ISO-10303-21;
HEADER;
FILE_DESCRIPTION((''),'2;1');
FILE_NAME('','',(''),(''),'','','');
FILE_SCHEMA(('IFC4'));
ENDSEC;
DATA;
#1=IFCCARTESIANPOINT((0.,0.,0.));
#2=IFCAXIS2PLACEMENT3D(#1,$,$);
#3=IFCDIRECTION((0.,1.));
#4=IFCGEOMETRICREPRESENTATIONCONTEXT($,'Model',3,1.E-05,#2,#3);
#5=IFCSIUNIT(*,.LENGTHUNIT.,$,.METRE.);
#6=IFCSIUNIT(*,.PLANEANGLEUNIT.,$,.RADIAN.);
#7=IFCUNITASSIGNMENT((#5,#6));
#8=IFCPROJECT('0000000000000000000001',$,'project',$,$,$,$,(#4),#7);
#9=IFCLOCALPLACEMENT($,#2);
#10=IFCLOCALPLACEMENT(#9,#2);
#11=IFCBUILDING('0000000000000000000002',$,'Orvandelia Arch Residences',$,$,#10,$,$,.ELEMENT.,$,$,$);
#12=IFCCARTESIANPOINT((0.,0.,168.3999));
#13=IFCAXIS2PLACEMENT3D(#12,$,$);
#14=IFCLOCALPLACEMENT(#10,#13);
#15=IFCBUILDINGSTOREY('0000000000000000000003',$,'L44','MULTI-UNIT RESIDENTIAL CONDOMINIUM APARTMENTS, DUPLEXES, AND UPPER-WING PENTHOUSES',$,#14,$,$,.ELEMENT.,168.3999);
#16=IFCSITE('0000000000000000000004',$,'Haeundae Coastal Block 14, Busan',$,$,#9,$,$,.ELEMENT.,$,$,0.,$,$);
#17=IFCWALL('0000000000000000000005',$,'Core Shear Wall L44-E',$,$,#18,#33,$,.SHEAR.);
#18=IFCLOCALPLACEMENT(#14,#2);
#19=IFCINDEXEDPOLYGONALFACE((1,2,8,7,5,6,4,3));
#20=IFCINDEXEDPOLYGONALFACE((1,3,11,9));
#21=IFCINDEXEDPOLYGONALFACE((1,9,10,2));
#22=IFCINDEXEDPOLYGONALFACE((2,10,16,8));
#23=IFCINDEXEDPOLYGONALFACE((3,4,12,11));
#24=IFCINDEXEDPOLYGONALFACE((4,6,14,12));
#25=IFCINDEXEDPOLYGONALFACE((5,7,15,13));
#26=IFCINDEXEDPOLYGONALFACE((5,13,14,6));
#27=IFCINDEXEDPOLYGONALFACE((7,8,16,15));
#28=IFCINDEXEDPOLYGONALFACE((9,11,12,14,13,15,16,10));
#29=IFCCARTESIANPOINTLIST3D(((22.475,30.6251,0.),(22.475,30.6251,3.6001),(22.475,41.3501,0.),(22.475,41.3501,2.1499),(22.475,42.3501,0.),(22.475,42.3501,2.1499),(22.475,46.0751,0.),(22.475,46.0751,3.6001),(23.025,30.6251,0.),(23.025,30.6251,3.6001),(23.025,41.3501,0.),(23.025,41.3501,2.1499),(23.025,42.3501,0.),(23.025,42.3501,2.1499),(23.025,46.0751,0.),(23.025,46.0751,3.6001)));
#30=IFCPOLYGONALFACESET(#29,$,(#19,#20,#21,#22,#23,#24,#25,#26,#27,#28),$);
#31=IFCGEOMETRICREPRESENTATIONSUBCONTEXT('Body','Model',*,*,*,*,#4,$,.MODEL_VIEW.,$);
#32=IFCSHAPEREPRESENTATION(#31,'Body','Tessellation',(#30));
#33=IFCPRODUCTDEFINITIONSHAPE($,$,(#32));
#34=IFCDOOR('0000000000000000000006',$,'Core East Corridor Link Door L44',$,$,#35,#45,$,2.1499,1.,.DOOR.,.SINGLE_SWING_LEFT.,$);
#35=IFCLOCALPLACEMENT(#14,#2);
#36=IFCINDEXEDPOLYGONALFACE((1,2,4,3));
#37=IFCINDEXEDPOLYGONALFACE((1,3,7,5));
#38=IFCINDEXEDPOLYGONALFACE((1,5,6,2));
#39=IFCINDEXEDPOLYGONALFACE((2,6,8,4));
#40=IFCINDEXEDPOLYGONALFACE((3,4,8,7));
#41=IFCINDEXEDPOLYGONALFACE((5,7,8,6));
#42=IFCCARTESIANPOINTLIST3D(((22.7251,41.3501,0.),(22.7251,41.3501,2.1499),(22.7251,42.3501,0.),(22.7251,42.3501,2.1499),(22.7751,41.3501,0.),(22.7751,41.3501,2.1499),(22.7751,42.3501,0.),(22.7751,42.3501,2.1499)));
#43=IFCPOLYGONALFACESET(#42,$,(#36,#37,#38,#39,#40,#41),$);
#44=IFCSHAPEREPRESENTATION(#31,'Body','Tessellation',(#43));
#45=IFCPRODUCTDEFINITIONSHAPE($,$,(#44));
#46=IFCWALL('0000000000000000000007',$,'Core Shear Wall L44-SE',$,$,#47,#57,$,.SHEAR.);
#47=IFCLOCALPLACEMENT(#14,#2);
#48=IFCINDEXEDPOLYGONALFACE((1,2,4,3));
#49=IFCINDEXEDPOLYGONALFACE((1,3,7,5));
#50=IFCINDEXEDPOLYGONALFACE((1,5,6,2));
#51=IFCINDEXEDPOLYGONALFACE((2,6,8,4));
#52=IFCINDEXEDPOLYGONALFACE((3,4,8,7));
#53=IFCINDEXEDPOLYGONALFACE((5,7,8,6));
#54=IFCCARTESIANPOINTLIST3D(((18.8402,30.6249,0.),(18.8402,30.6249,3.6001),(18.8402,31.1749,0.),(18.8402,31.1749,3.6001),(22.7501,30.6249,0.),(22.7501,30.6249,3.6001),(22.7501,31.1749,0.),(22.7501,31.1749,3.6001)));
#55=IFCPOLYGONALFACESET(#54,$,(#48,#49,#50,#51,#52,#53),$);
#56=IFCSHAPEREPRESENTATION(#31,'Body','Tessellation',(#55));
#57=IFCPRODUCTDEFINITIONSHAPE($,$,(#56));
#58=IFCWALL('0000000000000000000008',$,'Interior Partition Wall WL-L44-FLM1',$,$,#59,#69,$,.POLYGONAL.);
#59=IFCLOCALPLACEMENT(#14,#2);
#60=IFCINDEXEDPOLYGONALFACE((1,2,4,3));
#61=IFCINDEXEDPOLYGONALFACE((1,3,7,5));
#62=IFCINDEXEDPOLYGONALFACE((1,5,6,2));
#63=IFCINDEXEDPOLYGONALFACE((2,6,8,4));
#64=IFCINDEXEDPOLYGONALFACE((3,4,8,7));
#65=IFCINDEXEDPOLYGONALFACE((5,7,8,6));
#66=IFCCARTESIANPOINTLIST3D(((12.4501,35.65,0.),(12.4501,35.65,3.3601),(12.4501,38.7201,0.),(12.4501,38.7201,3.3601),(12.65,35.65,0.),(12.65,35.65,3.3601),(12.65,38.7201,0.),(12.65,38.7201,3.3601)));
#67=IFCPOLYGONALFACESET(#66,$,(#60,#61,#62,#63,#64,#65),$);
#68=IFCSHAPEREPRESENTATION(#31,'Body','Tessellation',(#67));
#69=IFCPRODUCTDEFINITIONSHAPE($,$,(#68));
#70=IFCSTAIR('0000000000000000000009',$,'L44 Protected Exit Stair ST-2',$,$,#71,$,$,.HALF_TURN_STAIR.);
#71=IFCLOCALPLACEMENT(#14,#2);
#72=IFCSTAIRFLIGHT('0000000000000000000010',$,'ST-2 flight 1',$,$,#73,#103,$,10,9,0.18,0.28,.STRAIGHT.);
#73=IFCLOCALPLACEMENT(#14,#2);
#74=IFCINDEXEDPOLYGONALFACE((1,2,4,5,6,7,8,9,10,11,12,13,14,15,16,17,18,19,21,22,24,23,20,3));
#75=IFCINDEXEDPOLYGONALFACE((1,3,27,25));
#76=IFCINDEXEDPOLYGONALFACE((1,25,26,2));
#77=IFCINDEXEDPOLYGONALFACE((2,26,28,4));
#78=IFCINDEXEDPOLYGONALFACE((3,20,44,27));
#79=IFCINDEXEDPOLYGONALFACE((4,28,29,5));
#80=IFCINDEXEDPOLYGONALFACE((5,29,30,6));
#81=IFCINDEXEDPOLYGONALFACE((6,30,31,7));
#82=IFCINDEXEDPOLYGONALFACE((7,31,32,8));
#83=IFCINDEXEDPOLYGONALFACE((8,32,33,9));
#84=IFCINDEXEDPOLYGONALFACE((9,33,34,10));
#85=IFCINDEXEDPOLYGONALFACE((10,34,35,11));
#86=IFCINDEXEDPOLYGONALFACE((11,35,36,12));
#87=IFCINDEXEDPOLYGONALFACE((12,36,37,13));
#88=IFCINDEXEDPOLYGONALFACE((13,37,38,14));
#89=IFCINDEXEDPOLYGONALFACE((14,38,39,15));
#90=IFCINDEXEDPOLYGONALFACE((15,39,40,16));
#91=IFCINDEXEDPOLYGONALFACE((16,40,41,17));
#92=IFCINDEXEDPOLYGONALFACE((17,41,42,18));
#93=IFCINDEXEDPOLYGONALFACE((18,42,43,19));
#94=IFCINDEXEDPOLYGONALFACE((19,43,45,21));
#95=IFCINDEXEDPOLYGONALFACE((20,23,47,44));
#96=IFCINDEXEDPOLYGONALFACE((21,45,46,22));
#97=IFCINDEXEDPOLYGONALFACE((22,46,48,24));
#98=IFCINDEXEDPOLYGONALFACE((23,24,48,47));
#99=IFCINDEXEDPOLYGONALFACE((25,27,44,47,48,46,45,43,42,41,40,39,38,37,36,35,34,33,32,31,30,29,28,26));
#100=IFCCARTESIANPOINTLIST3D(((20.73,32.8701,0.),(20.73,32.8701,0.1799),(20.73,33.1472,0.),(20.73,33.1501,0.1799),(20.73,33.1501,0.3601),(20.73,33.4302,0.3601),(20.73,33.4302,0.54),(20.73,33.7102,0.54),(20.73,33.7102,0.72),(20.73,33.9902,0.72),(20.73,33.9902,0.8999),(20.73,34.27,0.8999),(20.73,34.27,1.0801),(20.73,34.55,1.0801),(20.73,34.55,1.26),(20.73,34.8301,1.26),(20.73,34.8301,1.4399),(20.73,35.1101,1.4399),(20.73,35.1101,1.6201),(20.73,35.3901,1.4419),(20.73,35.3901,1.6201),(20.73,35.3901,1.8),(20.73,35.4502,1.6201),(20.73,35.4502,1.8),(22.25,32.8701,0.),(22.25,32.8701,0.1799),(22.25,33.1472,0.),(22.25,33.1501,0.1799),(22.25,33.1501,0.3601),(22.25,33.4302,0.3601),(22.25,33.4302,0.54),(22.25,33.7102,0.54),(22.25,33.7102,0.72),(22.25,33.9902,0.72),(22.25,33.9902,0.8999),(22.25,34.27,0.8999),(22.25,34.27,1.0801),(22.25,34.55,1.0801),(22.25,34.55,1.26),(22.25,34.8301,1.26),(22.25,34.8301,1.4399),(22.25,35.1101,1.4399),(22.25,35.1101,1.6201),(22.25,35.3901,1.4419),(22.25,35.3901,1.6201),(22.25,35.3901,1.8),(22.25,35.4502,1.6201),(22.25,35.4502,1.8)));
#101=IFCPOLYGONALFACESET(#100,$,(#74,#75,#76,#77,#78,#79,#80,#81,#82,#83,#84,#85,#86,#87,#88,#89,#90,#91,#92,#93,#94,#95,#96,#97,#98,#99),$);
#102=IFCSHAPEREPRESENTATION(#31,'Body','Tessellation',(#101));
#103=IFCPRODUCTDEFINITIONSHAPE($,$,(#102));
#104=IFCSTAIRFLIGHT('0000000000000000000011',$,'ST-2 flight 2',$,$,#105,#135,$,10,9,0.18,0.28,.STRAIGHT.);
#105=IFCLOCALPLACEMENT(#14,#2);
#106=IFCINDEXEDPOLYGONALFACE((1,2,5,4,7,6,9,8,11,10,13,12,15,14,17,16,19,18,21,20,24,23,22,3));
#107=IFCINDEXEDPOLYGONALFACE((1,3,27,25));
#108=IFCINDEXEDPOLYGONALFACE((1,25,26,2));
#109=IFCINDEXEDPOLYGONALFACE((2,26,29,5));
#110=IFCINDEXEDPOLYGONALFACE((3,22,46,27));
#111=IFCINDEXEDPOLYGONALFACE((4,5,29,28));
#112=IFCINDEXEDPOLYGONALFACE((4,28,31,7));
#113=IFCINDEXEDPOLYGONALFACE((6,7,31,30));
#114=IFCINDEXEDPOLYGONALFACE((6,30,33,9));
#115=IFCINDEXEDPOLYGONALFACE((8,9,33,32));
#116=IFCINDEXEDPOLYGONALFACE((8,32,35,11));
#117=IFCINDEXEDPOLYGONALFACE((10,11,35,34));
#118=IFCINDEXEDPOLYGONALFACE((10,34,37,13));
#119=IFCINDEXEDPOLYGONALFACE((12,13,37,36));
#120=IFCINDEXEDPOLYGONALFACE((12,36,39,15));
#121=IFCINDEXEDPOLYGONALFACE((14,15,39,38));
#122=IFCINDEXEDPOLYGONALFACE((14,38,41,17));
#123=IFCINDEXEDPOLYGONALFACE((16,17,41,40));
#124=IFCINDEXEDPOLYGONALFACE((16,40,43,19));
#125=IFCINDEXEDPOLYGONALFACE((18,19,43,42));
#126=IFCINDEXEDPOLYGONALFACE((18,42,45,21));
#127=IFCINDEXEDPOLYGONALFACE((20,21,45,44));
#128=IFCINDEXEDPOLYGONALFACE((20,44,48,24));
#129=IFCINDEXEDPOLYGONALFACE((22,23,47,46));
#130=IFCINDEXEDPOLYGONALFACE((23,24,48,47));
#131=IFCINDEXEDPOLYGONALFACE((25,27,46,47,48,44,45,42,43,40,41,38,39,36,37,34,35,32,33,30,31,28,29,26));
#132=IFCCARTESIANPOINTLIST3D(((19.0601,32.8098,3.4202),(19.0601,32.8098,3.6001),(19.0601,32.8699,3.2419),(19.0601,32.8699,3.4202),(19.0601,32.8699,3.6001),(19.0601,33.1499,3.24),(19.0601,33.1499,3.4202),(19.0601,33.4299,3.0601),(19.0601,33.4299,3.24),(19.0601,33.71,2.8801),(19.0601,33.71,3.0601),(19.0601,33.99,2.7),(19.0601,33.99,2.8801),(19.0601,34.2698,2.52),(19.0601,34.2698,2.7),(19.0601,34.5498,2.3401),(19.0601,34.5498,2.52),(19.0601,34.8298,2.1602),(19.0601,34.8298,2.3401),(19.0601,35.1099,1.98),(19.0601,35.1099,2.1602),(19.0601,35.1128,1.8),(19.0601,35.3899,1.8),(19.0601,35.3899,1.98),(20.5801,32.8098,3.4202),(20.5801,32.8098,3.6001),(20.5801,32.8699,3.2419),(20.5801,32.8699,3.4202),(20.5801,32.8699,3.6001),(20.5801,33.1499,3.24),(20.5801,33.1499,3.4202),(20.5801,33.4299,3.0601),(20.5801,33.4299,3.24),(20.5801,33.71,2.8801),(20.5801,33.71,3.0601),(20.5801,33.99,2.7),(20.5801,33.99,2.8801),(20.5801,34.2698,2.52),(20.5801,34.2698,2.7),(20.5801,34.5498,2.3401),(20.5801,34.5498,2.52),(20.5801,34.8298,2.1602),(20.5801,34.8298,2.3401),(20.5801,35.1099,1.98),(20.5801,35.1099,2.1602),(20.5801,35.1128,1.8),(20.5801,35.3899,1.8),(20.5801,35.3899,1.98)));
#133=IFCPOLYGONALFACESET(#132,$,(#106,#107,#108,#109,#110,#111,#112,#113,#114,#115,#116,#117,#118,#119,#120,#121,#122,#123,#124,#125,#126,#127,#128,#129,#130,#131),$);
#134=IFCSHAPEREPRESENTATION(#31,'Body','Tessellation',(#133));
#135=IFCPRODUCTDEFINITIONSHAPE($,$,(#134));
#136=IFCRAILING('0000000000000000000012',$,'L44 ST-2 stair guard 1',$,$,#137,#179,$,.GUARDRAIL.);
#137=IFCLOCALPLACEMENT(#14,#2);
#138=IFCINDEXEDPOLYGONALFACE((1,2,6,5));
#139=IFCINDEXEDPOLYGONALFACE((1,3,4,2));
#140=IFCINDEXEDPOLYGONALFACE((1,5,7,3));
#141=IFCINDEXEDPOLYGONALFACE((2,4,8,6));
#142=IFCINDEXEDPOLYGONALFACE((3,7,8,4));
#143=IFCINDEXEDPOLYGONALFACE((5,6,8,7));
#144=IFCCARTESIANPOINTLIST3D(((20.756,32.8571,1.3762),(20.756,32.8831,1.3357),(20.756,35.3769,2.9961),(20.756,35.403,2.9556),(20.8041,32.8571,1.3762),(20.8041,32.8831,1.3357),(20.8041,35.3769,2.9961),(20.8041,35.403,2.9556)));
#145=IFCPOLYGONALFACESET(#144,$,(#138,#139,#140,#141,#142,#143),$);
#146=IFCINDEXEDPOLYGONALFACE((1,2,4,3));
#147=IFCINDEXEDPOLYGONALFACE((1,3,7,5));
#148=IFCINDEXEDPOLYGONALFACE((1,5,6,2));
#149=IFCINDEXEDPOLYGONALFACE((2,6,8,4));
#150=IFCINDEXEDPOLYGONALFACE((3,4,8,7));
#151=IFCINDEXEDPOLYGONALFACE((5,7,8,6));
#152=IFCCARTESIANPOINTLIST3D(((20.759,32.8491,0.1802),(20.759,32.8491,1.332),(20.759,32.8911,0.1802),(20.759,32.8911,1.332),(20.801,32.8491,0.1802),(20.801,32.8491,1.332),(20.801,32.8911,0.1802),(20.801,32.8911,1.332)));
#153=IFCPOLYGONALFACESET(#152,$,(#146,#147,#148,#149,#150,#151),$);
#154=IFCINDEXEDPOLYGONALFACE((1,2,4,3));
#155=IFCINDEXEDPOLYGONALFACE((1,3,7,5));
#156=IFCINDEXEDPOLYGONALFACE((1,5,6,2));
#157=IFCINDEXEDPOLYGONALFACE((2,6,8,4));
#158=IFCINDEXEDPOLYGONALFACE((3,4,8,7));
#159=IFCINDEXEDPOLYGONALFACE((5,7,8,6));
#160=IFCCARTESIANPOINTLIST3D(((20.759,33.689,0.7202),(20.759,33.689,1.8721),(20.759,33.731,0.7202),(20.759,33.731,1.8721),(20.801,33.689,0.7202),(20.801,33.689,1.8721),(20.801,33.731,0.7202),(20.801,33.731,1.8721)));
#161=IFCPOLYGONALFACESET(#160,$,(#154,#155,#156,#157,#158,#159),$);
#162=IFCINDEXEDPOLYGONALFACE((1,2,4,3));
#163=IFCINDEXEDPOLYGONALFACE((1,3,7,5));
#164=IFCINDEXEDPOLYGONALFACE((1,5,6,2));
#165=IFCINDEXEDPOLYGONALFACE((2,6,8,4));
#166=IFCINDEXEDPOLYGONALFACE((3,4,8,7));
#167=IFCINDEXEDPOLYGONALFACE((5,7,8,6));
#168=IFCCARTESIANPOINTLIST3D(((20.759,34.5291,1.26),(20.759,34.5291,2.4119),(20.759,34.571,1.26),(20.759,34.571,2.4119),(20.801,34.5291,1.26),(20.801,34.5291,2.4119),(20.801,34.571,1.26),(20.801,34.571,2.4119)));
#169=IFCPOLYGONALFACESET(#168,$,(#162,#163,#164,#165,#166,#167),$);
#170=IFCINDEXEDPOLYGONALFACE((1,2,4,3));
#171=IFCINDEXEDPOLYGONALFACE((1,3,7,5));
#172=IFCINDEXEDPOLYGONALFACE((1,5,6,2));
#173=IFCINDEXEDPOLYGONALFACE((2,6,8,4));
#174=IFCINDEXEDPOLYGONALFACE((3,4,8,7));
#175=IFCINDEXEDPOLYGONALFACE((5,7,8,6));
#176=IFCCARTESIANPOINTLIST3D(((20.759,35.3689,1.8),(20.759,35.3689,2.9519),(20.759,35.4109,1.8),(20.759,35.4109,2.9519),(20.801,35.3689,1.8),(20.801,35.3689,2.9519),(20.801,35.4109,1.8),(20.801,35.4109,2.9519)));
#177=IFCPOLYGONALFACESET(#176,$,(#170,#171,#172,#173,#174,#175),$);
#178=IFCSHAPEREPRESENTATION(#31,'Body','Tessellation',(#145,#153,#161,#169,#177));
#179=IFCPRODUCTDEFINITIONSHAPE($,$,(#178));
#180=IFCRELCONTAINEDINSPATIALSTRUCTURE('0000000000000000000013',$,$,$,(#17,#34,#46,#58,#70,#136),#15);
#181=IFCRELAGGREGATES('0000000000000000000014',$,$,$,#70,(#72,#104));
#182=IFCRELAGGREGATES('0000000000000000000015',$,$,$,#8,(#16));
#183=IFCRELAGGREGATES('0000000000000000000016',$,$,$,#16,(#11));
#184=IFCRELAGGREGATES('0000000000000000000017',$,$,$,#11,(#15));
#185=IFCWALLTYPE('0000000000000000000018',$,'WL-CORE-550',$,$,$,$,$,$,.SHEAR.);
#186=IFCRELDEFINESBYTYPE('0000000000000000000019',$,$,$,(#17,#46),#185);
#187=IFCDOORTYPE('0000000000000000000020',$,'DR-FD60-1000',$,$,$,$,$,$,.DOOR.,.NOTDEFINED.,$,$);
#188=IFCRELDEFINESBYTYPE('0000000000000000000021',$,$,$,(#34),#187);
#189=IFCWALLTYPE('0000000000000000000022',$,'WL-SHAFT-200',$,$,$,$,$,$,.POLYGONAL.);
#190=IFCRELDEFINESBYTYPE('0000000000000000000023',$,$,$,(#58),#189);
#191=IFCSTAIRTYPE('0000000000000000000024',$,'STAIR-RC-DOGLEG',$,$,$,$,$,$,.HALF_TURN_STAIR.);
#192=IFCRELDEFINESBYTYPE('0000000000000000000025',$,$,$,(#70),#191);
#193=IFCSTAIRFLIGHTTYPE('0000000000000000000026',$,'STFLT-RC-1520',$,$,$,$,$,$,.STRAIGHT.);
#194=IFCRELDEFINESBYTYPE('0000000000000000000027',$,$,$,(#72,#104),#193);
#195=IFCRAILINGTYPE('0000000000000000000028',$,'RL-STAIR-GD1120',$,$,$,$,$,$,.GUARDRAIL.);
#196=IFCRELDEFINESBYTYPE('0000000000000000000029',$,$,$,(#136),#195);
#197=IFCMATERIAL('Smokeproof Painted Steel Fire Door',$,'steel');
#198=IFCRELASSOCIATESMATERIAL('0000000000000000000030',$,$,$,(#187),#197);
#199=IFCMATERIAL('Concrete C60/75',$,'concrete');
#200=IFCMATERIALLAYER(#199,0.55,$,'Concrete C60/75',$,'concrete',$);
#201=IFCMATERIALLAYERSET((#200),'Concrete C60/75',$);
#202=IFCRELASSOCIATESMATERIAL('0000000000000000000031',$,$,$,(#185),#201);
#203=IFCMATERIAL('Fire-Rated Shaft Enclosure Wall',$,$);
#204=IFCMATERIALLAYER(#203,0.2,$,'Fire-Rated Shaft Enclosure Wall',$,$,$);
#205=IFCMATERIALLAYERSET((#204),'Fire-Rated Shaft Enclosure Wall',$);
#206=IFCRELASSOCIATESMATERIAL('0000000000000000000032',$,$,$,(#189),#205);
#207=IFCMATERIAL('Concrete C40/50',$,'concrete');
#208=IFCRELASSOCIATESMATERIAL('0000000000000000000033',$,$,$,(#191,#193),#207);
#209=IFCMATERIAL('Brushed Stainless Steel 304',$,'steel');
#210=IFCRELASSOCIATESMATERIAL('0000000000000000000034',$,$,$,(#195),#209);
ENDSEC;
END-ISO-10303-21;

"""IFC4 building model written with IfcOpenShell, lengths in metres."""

from ifc_helpers import new_model, si_unit, direction, frame, frame_2d, origin, origin_2d, place, context, subcontext, project, spatial, polyline, rectangle, outline, extrude, material, layer, layer_set, type_object, element, fill, aggregate, save


model = new_model("IFC4")

# Units and contexts
model_context = context("Model", 3, precision=1e-05, world=origin(), true_north=direction((0.0, 1.0)))
body_context = subcontext(model_context, "Body", "Model", "MODEL_VIEW")
ifc_project = project(units=[si_unit("LENGTHUNIT", "METRE"), si_unit("PLANEANGLEUNIT", "RADIAN")], contexts=[model_context])

# Site, building, storey
site_placement = place(None, origin())
site = spatial("IfcSite", under=ifc_project, at=site_placement, Name="Haeundae Coastal Block 14, Busan", CompositionType="ELEMENT", RefElevation=0.0)
building_placement = place(site_placement, origin())
building = spatial("IfcBuilding", under=site, at=building_placement, Name="Orvandelia Arch Residences", CompositionType="ELEMENT")
storey_placement = place(building_placement, frame((0.0, 0.0, 168.3999)))
storey = spatial("IfcBuildingStorey", under=building, at=storey_placement, Name="L44", Description="MULTI-UNIT RESIDENTIAL CONDOMINIUM APARTMENTS, DUPLEXES, AND UPPER-WING PENTHOUSES", CompositionType="ELEMENT", Elevation=168.3999)

# Shared definitions
ifc_material_1 = material(Name="Concrete C60/75", Category="concrete")

# Shared definitions
ifc_material_2 = material(Name="Smokeproof Painted Steel Fire Door", Category="steel")
door_type_1 = type_object("IfcDoorType", Name="DR-FD60-1000", OperationType="NOTDEFINED", PredefinedType="DOOR", material=ifc_material_2)

# Wall, opening, door
ifc_layer_1 = layer(ifc_material_1, 0.55, Name="Concrete C60/75", Category="concrete")
ifc_layer_set_1 = layer_set([ifc_layer_1], Name="Concrete C60/75")
wall_type_1 = type_object("IfcWallType", Name="WL-CORE-550", PredefinedType="SHEAR", material=ifc_layer_set_1)
wall_1_placement = place(storey_placement, frame((22.75, 30.625, 0.0), z_axis=(0.0, 0.0, 1.0), x_axis=(0.0, 1.0, 0.0)))
wall_1 = element("IfcWall", 1, at=wall_1_placement, inside=storey, type_object=wall_type_1, Name="Core Shear Wall L44-E", PredefinedType="SHEAR", context=body_context, shape_type="SweptSolid", body=[
    extrude(rectangle(XDim=15.45, YDim=0.55, at=frame_2d((7.7251, 0.0))), origin(), (0.0, 0.0, 1.0), 3.6001),
])
opening_1_placement = place(wall_1_placement, frame((10.7251, 0.0, 0.0)))
opening_1 = element("IfcOpeningElement", 2, at=opening_1_placement, cuts=wall_1, PredefinedType="OPENING", context=body_context, shape_type="SweptSolid", body=[
    extrude(rectangle(XDim=1.0, YDim=2.1499, at=frame_2d((0.5, 1.075))), frame((0.0, 0.2852, 0.0), z_axis=(0.0, -1.0, 0.0), x_axis=(1.0, 0.0, 0.0)), (0.0, 0.0, 1.0), 0.5701),
])
door_1_placement = place(opening_1_placement, origin())
door_1 = element("IfcDoor", 3, at=door_1_placement, inside=storey, type_object=door_type_1, Name="Core East Corridor Link Door L44", OperationType="SINGLE_SWING_LEFT", OverallHeight=2.1499, OverallWidth=1.0, PredefinedType="DOOR", context=body_context, shape_type="SweptSolid", body=[
    extrude(rectangle(XDim=1.0, YDim=2.1499, at=frame_2d((0.5, 1.075))), frame((0.0, 0.0249, 0.0), z_axis=(0.0, -1.0, 0.0), x_axis=(1.0, 0.0, 0.0)), (0.0, 0.0, 1.0), 0.05),
])
fill(opening_1, door_1)

# Walls
wall_2_placement = place(storey_placement, frame((18.8401, 30.8999, 0.0), z_axis=(0.0, 0.0, 1.0), x_axis=(1.0, 0.0, 0.0)))
element("IfcWall", 4, at=wall_2_placement, inside=storey, type_object=wall_type_1, Name="Core Shear Wall L44-SE", PredefinedType="SHEAR", context=body_context, shape_type="SweptSolid", body=[
    extrude(rectangle(XDim=3.9099, YDim=0.55, at=frame_2d((1.9551, 0.0))), origin(), (0.0, 0.0, 1.0), 3.6001),
])
ifc_material_3 = material(Name="Fire-Rated Shaft Enclosure Wall")
ifc_layer_2 = layer(ifc_material_3, 0.2, Name="Fire-Rated Shaft Enclosure Wall")
ifc_layer_set_2 = layer_set([ifc_layer_2], Name="Fire-Rated Shaft Enclosure Wall")
wall_type_2 = type_object("IfcWallType", Name="WL-SHAFT-200", PredefinedType="POLYGONAL", material=ifc_layer_set_2)
wall_3_placement = place(storey_placement, frame((12.55, 35.6499, 0.0), z_axis=(0.0, 0.0, 1.0), x_axis=(0.0, 1.0, 0.0)))
element("IfcWall", 5, at=wall_3_placement, inside=storey, type_object=wall_type_2, Name="Interior Partition Wall WL-L44-FLM1", PredefinedType="POLYGONAL", context=body_context, shape_type="SweptSolid", body=[
    extrude(rectangle(XDim=3.0701, YDim=0.2, at=frame_2d((1.5352, 0.0))), origin(), (0.0, 0.0, 1.0), 3.3601),
])

# Stair, stair flights
ifc_material_4 = material(Name="Concrete C40/50", Category="concrete")
stair_type = type_object("IfcStairType", Name="STAIR-RC-DOGLEG", PredefinedType="HALF_TURN_STAIR", material=ifc_material_4)
stair_placement = place(storey_placement, origin())
stair = element("IfcStair", 6, at=stair_placement, inside=storey, type_object=stair_type, Name="L44 Protected Exit Stair ST-2", PredefinedType="HALF_TURN_STAIR")
stair_flight_type = type_object("IfcStairFlightType", Name="STFLT-RC-1520", PredefinedType="STRAIGHT", material=ifc_material_4)
stair_flight_1_placement = place(storey_placement, frame((21.49, 32.8701, 0.0), z_axis=(0.0, 0.0, 1.0), x_axis=(0.0, 1.0, 0.0)))
stair_flight_1 = element("IfcStairFlight", 7, at=stair_flight_1_placement, type_object=stair_flight_type, Name="ST-2 flight 1", NumberOfRisers=10, NumberOfTreads=9, PredefinedType="STRAIGHT", RiserHeight=0.18, TreadLength=0.28, context=body_context, shape_type="SweptSolid", body=[
    extrude(outline(polyline([(0.0, 0.0), (0.0, 0.1799), (0.28, 0.1799), (0.28, 0.3601), (0.5601, 0.3601), (0.5601, 0.54), (0.8401, 0.54), (0.8401, 0.72), (1.1201, 0.72), (1.1201, 0.8999), (1.3999, 0.8999), (1.3999, 1.0801), (1.6799, 1.0801), (1.6799, 1.26), (1.96, 1.26), (1.96, 1.4399), (2.24, 1.4399), (2.24, 1.6201), (2.52, 1.6201), (2.52, 1.8), (2.5801, 1.8), (2.5801, 1.6201), (2.52, 1.4419), (0.2771, 0.0), (0.0, 0.0)])), frame((0.0, 0.76, 0.0), z_axis=(0.0, -1.0, 0.0), x_axis=(1.0, 0.0, 0.0)), (0.0, 0.0, 1.0), 1.52),
])
stair_flight_2_placement = place(storey_placement, frame((19.8201, 35.3899, 1.8), z_axis=(0.0, 0.0, 1.0), x_axis=(0.0, -1.0, 0.0)))
stair_flight_2 = element("IfcStairFlight", 8, at=stair_flight_2_placement, type_object=stair_flight_type, Name="ST-2 flight 2", NumberOfRisers=10, NumberOfTreads=9, PredefinedType="STRAIGHT", RiserHeight=0.18, TreadLength=0.28, context=body_context, shape_type="SweptSolid", body=[
    extrude(outline(polyline([(0.0, 0.0), (0.0, 0.1799), (0.28, 0.1799), (0.28, 0.3601), (0.5601, 0.3601), (0.5601, 0.54), (0.8401, 0.54), (0.8401, 0.72), (1.1201, 0.72), (1.1201, 0.8999), (1.3999, 0.8999), (1.3999, 1.0801), (1.6799, 1.0801), (1.6799, 1.26), (1.96, 1.26), (1.96, 1.4399), (2.24, 1.4399), (2.24, 1.6201), (2.52, 1.6201), (2.52, 1.8), (2.5801, 1.8), (2.5801, 1.6201), (2.52, 1.4419), (0.2771, 0.0), (0.0, 0.0)])), frame((0.0, 0.76, 0.0), z_axis=(0.0, -1.0, 0.0), x_axis=(1.0, 0.0, 0.0)), (0.0, 0.0, 1.0), 1.52),
])
aggregate(stair, [stair_flight_1, stair_flight_2])

# Railing
ifc_material_5 = material(Name="Brushed Stainless Steel 304", Category="steel")
railing_type_1 = type_object("IfcRailingType", Name="RL-STAIR-GD1120", PredefinedType="GUARDRAIL", material=ifc_material_5)
railing_1_placement = place(storey_placement, frame((20.78, 32.8701, 0.1802)))
element("IfcRailing", 9, at=railing_1_placement, inside=storey, type_object=railing_type_1, Name="L44 ST-2 stair guard 1", PredefinedType="GUARDRAIL", context=body_context, shape_type="SweptSolid", body=[
    extrude(rectangle(XDim=0.0481, YDim=0.0481, at=origin_2d()), frame((0.0, 0.0, 1.1758), z_axis=(0.0, 0.841176, 0.540762), x_axis=(-1.0, 0.0, 0.0)), (0.0, 0.0, 1.0), 2.9956),
    extrude(rectangle(XDim=0.042, YDim=0.042, at=origin_2d()), origin(), (0.0, 0.0, 1.0), 1.1519),
    extrude(rectangle(XDim=0.042, YDim=0.042, at=origin_2d()), frame((0.0, 0.8398, 0.54)), (0.0, 0.0, 1.0), 1.1519),
    extrude(rectangle(XDim=0.042, YDim=0.042, at=origin_2d()), frame((0.0, 1.6799, 1.0798)), (0.0, 0.0, 1.0), 1.1519),
    extrude(rectangle(XDim=0.042, YDim=0.042, at=origin_2d()), frame((0.0, 2.5198, 1.6199)), (0.0, 0.0, 1.0), 1.1519),
])

save(model, "model.ifc")
